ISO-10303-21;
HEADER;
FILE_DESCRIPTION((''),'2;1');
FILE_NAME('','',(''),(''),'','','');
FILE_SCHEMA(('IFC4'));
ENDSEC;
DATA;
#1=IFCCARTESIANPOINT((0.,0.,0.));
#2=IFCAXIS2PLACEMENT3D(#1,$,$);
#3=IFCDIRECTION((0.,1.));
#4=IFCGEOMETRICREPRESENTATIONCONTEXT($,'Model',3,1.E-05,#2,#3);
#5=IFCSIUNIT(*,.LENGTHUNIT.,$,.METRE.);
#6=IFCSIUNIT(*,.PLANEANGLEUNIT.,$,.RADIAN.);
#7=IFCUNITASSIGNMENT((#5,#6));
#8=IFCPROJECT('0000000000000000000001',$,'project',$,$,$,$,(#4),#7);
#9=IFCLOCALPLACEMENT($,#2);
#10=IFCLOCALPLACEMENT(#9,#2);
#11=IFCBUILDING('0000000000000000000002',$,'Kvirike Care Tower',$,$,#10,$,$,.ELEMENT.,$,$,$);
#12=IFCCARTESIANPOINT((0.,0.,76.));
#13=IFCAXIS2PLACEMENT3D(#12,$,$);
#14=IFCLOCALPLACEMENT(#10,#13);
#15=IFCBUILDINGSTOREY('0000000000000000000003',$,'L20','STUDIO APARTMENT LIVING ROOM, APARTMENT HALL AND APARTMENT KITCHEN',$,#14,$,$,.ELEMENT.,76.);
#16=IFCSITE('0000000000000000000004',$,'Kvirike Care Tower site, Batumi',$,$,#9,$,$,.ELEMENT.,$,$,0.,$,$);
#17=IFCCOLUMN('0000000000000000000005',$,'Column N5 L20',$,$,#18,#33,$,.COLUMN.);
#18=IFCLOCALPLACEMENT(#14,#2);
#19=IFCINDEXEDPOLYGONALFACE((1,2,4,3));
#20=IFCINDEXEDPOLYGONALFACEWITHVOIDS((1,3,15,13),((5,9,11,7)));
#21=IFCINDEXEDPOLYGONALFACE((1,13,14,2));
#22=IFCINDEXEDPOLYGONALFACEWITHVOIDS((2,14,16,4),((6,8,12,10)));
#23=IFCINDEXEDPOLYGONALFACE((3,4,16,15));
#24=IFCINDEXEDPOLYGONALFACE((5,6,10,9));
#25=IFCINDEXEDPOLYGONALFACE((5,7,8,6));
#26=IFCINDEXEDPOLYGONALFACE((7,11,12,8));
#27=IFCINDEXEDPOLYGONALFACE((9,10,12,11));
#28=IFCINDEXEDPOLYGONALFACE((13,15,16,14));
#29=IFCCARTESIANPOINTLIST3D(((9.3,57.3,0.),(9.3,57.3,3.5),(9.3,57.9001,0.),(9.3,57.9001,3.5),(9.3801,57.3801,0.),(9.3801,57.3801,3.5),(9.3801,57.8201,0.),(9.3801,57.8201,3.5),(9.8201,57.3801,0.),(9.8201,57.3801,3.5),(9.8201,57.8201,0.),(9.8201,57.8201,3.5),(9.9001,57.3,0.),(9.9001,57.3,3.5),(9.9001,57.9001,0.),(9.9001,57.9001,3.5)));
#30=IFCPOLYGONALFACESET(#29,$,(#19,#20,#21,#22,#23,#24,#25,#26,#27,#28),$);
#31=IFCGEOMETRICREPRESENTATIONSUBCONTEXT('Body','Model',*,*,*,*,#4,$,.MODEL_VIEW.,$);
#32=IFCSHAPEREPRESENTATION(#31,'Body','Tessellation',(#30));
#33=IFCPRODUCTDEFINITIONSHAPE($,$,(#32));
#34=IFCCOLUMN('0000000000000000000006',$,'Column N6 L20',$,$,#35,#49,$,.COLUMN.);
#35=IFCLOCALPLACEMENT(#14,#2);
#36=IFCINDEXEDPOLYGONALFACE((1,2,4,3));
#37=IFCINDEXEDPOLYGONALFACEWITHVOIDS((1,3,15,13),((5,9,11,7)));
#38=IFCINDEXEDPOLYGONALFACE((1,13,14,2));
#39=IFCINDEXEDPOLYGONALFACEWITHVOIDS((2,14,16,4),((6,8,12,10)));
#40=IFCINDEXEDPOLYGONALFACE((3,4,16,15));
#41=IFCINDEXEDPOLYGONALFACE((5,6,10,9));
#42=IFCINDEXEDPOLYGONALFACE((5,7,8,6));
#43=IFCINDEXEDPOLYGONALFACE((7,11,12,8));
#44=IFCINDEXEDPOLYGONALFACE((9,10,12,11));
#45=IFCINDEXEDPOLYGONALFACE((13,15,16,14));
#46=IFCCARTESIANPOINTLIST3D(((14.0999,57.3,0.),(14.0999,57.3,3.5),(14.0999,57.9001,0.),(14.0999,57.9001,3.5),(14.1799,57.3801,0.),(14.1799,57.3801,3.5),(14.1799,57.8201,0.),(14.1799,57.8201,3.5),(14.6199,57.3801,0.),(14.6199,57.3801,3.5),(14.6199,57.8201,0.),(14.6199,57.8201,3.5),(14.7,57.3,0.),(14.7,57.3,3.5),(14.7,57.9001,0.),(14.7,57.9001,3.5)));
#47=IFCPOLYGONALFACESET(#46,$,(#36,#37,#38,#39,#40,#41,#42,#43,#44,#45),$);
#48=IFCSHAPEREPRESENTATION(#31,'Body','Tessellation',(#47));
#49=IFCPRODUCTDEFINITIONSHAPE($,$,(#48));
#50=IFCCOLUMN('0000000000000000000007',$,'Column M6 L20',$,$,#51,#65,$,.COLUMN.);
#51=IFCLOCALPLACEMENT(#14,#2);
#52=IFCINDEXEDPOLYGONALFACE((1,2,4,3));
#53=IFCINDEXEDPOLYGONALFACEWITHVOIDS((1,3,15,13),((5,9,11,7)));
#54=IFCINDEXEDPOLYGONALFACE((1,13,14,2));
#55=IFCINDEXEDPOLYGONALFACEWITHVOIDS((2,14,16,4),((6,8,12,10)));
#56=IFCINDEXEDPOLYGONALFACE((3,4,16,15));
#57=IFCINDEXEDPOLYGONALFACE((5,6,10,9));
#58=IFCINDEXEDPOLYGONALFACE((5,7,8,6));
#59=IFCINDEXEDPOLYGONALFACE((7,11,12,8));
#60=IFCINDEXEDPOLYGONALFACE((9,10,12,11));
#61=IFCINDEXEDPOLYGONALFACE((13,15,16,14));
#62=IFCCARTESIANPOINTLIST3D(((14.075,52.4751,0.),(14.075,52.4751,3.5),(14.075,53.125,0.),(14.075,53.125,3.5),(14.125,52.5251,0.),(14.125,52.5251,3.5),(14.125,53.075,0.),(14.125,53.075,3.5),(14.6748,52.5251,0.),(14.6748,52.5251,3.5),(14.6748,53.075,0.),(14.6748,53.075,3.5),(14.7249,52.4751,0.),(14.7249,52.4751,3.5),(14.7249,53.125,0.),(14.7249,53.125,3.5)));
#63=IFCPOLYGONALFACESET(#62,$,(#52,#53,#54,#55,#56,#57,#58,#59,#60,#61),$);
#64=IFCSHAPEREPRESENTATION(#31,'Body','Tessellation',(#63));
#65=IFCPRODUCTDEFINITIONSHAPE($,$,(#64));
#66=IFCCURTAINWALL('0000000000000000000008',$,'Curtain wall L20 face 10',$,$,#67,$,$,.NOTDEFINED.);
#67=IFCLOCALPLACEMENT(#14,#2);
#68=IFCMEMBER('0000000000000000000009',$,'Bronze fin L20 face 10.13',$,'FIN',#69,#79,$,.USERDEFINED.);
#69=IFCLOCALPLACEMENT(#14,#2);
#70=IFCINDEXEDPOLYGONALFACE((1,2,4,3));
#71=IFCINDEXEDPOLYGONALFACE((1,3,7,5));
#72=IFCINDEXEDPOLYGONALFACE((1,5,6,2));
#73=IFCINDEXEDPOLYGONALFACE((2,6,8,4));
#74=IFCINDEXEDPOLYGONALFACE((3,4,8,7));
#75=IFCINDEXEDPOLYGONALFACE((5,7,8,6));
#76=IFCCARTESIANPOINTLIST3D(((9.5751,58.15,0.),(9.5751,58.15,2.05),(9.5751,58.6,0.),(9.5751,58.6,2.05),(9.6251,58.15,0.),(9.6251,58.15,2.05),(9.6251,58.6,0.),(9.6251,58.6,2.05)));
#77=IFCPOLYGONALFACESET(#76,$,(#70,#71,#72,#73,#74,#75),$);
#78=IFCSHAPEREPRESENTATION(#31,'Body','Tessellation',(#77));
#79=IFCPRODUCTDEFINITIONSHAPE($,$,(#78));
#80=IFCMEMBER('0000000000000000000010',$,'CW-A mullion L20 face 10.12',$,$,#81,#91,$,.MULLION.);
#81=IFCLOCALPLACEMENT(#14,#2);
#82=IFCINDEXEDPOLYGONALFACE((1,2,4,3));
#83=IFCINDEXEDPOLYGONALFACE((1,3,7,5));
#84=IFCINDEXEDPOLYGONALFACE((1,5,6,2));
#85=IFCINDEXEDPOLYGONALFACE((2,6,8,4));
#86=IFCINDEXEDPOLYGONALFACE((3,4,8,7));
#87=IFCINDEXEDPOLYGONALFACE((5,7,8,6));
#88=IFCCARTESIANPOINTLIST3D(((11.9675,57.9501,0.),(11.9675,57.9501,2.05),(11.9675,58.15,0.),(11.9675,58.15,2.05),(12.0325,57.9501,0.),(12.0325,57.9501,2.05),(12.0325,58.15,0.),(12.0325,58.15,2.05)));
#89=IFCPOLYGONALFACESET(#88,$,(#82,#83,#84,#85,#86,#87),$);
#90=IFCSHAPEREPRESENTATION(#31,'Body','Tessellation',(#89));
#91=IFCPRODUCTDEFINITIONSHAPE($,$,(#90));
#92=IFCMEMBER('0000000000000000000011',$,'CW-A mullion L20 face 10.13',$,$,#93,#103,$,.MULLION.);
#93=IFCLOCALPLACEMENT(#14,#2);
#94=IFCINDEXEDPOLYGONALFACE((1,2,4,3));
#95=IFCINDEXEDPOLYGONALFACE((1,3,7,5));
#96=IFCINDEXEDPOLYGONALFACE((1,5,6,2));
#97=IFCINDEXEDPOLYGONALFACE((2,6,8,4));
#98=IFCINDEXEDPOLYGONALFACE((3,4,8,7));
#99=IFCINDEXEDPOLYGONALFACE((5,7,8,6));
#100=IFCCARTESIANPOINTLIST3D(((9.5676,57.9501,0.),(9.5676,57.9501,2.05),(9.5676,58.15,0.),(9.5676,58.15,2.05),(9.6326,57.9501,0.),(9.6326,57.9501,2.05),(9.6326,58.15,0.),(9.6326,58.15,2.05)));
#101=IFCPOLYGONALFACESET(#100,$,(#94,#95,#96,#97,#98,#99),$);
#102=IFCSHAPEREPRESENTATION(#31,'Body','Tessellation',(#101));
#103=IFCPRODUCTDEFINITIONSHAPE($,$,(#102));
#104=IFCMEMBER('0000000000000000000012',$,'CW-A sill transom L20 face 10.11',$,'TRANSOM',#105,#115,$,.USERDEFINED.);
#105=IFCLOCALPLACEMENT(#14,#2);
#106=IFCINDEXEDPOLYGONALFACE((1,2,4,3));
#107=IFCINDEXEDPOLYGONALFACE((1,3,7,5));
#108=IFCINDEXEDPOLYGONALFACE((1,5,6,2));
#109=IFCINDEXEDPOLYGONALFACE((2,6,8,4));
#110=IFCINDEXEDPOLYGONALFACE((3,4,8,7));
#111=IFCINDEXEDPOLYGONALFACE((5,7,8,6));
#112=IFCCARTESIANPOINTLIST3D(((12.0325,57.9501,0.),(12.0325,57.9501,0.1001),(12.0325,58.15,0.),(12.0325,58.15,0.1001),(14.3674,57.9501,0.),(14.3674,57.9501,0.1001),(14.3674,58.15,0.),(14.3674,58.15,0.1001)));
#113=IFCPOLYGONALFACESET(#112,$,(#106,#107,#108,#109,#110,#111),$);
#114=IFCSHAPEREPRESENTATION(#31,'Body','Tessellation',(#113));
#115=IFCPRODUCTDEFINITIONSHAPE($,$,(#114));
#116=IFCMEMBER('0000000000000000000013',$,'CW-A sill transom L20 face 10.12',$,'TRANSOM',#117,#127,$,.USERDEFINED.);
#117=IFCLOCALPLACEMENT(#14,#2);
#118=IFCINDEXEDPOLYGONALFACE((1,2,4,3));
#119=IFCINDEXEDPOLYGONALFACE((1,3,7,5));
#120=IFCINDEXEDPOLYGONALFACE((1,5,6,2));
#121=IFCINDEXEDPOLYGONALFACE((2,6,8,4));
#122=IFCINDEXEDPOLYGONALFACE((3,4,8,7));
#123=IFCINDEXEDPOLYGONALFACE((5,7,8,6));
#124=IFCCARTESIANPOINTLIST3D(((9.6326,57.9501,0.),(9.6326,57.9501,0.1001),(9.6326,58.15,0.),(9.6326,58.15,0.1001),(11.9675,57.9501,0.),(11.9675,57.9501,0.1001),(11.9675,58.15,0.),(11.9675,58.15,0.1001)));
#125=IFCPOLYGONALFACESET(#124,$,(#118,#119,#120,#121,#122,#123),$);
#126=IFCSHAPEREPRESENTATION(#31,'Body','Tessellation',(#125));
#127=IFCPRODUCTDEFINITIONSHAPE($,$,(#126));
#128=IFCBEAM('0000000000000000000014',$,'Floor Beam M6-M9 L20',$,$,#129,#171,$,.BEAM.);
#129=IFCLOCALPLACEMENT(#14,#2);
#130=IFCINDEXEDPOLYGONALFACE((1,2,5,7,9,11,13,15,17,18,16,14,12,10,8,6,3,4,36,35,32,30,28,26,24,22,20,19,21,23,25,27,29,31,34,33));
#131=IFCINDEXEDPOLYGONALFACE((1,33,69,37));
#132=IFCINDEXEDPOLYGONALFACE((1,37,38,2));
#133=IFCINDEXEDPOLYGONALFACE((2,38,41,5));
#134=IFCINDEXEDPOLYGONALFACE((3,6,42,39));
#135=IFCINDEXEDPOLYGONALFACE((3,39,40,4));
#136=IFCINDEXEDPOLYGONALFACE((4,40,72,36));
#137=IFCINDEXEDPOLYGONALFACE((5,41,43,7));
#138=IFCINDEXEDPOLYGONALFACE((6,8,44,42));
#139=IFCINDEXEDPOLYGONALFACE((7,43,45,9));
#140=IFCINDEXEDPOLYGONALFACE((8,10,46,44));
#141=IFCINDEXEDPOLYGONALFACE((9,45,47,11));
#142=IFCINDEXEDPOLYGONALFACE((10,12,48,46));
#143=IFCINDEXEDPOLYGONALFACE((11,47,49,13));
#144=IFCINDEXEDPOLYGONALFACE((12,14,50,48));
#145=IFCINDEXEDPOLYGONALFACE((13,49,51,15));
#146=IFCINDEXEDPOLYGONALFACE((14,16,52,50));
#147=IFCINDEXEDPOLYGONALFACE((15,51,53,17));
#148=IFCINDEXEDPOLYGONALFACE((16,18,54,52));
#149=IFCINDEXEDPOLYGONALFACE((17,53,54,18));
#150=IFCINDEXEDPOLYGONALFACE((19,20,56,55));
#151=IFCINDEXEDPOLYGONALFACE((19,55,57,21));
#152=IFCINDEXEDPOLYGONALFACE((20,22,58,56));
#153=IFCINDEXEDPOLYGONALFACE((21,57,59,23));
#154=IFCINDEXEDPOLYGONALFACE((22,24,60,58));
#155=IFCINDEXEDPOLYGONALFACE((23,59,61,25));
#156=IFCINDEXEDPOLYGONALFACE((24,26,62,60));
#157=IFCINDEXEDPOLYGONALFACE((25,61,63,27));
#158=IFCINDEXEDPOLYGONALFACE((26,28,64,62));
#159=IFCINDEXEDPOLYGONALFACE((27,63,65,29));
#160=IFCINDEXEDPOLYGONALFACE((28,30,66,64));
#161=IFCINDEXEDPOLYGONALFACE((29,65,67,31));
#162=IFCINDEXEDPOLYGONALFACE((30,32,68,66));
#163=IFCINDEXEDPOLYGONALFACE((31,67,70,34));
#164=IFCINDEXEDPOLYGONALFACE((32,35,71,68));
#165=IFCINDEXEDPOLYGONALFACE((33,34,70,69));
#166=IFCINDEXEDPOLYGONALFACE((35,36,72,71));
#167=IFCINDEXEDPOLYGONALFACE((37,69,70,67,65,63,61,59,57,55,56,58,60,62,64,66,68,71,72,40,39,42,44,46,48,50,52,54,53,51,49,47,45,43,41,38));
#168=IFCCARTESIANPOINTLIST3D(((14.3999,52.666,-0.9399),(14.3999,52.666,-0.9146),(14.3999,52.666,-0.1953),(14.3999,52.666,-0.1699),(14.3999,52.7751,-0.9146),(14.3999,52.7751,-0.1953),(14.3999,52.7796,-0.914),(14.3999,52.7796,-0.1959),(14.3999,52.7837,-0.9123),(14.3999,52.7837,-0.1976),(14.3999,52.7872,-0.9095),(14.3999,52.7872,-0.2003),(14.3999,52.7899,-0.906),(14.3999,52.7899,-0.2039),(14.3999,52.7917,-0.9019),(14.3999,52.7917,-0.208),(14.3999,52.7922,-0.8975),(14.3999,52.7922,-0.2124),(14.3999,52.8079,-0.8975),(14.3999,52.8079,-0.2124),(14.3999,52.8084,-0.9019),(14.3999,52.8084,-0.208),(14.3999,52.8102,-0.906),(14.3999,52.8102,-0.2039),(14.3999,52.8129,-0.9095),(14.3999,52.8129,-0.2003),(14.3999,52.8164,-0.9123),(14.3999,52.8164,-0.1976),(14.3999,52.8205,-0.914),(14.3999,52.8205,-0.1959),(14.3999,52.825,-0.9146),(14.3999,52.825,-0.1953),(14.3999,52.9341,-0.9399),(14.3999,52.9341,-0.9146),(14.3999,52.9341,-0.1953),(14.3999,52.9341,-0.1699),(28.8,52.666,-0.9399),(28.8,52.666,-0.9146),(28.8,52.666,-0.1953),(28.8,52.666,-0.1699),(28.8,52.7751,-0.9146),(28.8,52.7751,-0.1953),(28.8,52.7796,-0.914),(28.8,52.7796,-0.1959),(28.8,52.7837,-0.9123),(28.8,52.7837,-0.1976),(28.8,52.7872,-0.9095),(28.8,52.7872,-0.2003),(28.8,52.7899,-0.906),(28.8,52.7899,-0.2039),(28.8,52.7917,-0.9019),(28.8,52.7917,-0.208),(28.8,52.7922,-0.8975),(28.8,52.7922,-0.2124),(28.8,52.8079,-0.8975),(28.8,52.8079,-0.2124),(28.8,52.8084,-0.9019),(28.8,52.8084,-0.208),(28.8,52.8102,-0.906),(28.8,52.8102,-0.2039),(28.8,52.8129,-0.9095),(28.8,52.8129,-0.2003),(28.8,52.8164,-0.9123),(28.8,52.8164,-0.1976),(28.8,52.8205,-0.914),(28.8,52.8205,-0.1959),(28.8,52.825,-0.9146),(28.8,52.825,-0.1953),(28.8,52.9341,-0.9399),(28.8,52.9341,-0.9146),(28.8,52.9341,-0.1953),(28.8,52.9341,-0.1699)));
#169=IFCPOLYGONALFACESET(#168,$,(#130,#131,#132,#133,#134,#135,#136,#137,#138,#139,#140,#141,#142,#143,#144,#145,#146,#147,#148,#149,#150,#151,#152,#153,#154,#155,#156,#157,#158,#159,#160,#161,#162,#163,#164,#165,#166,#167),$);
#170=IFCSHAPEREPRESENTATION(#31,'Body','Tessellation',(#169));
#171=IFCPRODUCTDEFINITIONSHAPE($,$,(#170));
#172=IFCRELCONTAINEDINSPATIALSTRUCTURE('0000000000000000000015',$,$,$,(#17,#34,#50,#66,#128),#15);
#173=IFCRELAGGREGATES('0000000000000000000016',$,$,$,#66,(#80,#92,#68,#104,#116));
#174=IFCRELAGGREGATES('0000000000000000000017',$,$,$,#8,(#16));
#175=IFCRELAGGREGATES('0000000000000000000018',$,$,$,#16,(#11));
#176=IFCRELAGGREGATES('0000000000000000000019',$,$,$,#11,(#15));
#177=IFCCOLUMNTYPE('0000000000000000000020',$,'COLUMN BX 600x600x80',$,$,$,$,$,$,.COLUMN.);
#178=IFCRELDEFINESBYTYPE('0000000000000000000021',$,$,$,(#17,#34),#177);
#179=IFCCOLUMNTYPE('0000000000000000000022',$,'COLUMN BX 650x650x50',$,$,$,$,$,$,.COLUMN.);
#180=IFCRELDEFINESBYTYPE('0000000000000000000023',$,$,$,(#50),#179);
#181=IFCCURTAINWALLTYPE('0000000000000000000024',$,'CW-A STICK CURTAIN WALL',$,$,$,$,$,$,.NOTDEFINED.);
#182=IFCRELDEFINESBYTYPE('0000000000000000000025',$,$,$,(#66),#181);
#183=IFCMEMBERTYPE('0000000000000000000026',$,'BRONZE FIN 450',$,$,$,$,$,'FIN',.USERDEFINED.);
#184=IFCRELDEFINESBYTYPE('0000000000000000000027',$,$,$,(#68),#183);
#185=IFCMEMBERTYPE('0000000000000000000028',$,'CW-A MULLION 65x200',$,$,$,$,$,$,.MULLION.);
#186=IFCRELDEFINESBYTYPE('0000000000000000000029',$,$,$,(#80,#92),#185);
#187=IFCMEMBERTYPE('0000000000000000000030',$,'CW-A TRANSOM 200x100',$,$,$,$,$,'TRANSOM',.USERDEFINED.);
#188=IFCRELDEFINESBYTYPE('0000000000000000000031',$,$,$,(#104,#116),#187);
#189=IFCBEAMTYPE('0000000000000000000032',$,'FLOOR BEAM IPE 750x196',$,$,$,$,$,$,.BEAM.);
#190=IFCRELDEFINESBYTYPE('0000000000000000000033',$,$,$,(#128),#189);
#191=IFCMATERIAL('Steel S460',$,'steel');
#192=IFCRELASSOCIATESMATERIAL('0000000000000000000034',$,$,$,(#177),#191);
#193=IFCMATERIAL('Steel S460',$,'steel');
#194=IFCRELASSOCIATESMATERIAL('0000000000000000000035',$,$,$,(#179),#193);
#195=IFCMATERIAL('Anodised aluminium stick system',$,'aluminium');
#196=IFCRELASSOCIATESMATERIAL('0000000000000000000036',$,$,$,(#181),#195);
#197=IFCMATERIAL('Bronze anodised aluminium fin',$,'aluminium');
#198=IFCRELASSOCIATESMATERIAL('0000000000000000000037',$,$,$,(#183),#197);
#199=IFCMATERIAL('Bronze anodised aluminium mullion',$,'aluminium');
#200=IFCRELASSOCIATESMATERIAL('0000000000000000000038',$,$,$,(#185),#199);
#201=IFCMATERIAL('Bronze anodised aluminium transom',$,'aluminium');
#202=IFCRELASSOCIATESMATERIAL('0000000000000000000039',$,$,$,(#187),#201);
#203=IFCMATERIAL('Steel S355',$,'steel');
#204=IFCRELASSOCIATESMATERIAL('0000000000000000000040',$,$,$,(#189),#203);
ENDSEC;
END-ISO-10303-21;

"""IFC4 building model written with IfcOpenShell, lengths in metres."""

from ifc_helpers import new_model, si_unit, direction, frame, origin, origin_2d, place, context, subcontext, project, spatial, rectangle, hollow_rectangle, i_section, extrude, material, material_profile, profile_set, type_object, element, aggregate, save


model = new_model("IFC4")

# Units and contexts
model_context = context("Model", 3, precision=1e-05, world=origin(), true_north=direction((0.0, 1.0)))
body_context = subcontext(model_context, "Body", "Model", "MODEL_VIEW")
ifc_project = project(units=[si_unit("LENGTHUNIT", "METRE"), si_unit("PLANEANGLEUNIT", "RADIAN")], contexts=[model_context])

# Site, building, storey
site_placement = place(None, origin())
site = spatial("IfcSite", under=ifc_project, at=site_placement, Name="Kvirike Care Tower site, Batumi", CompositionType="ELEMENT", RefElevation=0.0)
building_placement = place(site_placement, origin())
building = spatial("IfcBuilding", under=site, at=building_placement, Name="Kvirike Care Tower", CompositionType="ELEMENT")
storey_placement = place(building_placement, frame((0.0, 0.0, 76.0)))
storey = spatial("IfcBuildingStorey", under=building, at=storey_placement, Name="L20", Description="STUDIO APARTMENT LIVING ROOM, APARTMENT HALL AND APARTMENT KITCHEN", CompositionType="ELEMENT", Elevation=76.0)

# Columns
ifc_material_1 = material(Name="Steel S460", Category="steel")
ifc_material_profile_1 = material_profile(ifc_material_1, hollow_rectangle(XDim=0.6001, YDim=0.6001, WallThickness=0.0801, at=origin_2d()), Name="BX 600x600x80")
ifc_profile_set_1 = profile_set([ifc_material_profile_1], Name="Steel S460")
column_type_1 = type_object("IfcColumnType", Name="COLUMN BX 600x600x80", PredefinedType="COLUMN", material=ifc_profile_set_1)
for number, where, z_axis, x_axis, name in (
    (1, (9.6001, 57.6001, 0.0), (0.0, 0.0, 1.0), (0.0, 1.0, 0.0), "Column N5 L20"),
    (2, (14.3999, 57.6001, 0.0), (0.0, 0.0, 1.0), (0.0, 1.0, 0.0), "Column N6 L20"),
):
    element("IfcColumn", number, at=place(storey_placement, frame(where, z_axis=z_axis, x_axis=x_axis)), inside=storey, type_object=column_type_1, Name=name, PredefinedType="COLUMN", context=body_context, shape_type="SweptSolid", body=[
        extrude(hollow_rectangle(XDim=0.6001, YDim=0.6001, WallThickness=0.0801, at=origin_2d()), origin(), (0.0, 0.0, 1.0), 3.5),
    ])
ifc_material_2 = material(Name="Steel S460", Category="steel")
ifc_material_profile_2 = material_profile(ifc_material_2, hollow_rectangle(XDim=0.6499, YDim=0.6499, WallThickness=0.05, at=origin_2d()), Name="BX 650x650x50")
ifc_profile_set_2 = profile_set([ifc_material_profile_2], Name="Steel S460")
column_type_2 = type_object("IfcColumnType", Name="COLUMN BX 650x650x50", PredefinedType="COLUMN", material=ifc_profile_set_2)
column_placement = place(storey_placement, frame((14.3999, 52.8, 0.0), z_axis=(0.0, 0.0, 1.0), x_axis=(1.0, 0.0, 0.0)))
element("IfcColumn", 3, at=column_placement, inside=storey, type_object=column_type_2, Name="Column M6 L20", PredefinedType="COLUMN", context=body_context, shape_type="SweptSolid", body=[
    extrude(hollow_rectangle(XDim=0.6499, YDim=0.6499, WallThickness=0.05, at=origin_2d()), origin(), (0.0, 0.0, 1.0), 3.5),
])

# Curtain wall, members
ifc_material_3 = material(Name="Anodised aluminium stick system", Category="aluminium")
curtain_wall_type = type_object("IfcCurtainWallType", Name="CW-A STICK CURTAIN WALL", PredefinedType="NOTDEFINED", material=ifc_material_3)
curtain_wall_placement = place(storey_placement, origin())
curtain_wall = element("IfcCurtainWall", 4, at=curtain_wall_placement, inside=storey, type_object=curtain_wall_type, Name="Curtain wall L20 face 10", PredefinedType="NOTDEFINED")
ifc_material_4 = material(Name="Bronze anodised aluminium fin", Category="aluminium")
ifc_material_profile_3 = material_profile(ifc_material_4, rectangle(XDim=0.05, YDim=0.45, at=origin_2d()), Name="BRONZE FIN 450")
ifc_profile_set_3 = profile_set([ifc_material_profile_3], Name="Bronze anodised aluminium fin")
member_type_1 = type_object("IfcMemberType", Name="BRONZE FIN 450", ElementType="FIN", PredefinedType="USERDEFINED", material=ifc_profile_set_3)
member_1_placement = place(storey_placement, frame((9.6001, 58.375, 0.0), z_axis=(0.0, 0.0, 1.0), x_axis=(-1.0, 0.0, 0.0)))
member_1 = element("IfcMember", 5, at=member_1_placement, type_object=member_type_1, Name="Bronze fin L20 face 10.13", ObjectType="FIN", PredefinedType="USERDEFINED", context=body_context, shape_type="SweptSolid", body=[
    extrude(rectangle(XDim=0.05, YDim=0.45, at=origin_2d()), origin(), (0.0, 0.0, 1.0), 2.05),
])
ifc_material_5 = material(Name="Bronze anodised aluminium mullion", Category="aluminium")
ifc_material_profile_4 = material_profile(ifc_material_5, rectangle(XDim=0.0649, YDim=0.2, at=origin_2d()), Name="CW-A MULLION 65x200")
ifc_profile_set_4 = profile_set([ifc_material_profile_4], Name="Bronze anodised aluminium mullion")
member_type_2 = type_object("IfcMemberType", Name="CW-A MULLION 65x200", PredefinedType="MULLION", material=ifc_profile_set_4)
member_2_placement = place(storey_placement, frame((12.0, 58.05, 0.0), z_axis=(0.0, 0.0, 1.0), x_axis=(-1.0, 0.0, 0.0)))
member_2 = element("IfcMember", 6, at=member_2_placement, type_object=member_type_2, Name="CW-A mullion L20 face 10.12", PredefinedType="MULLION", context=body_context, shape_type="SweptSolid", body=[
    extrude(rectangle(XDim=0.0649, YDim=0.2, at=origin_2d()), origin(), (0.0, 0.0, 1.0), 2.05),
])
member_3_placement = place(storey_placement, frame((9.6001, 58.05, 0.0), z_axis=(0.0, 0.0, 1.0), x_axis=(-1.0, 0.0, 0.0)))
member_3 = element("IfcMember", 7, at=member_3_placement, type_object=member_type_2, Name="CW-A mullion L20 face 10.13", PredefinedType="MULLION", context=body_context, shape_type="SweptSolid", body=[
    extrude(rectangle(XDim=0.0649, YDim=0.2, at=origin_2d()), origin(), (0.0, 0.0, 1.0), 2.05),
])
ifc_material_6 = material(Name="Bronze anodised aluminium transom", Category="aluminium")
ifc_material_profile_5 = material_profile(ifc_material_6, rectangle(XDim=0.2, YDim=0.1001, at=origin_2d()), Name="CW-A TRANSOM 200x100")
ifc_profile_set_5 = profile_set([ifc_material_profile_5], Name="Bronze anodised aluminium transom")
member_type_3 = type_object("IfcMemberType", Name="CW-A TRANSOM 200x100", ElementType="TRANSOM", PredefinedType="USERDEFINED", material=ifc_profile_set_5)
member_4_placement = place(storey_placement, frame((14.3674, 58.05, 0.05), z_axis=(-1.0, 0.0, 0.0), x_axis=(0.0, -1.0, 0.0)))
member_4 = element("IfcMember", 8, at=member_4_placement, type_object=member_type_3, Name="CW-A sill transom L20 face 10.11", ObjectType="TRANSOM", PredefinedType="USERDEFINED", context=body_context, shape_type="SweptSolid", body=[
    extrude(rectangle(XDim=0.2, YDim=0.1001, at=origin_2d()), origin(), (0.0, 0.0, 1.0), 2.335),
])
member_5_placement = place(storey_placement, frame((11.9675, 58.05, 0.05), z_axis=(-1.0, 0.0, 0.0), x_axis=(0.0, -1.0, 0.0)))
member_5 = element("IfcMember", 9, at=member_5_placement, type_object=member_type_3, Name="CW-A sill transom L20 face 10.12", ObjectType="TRANSOM", PredefinedType="USERDEFINED", context=body_context, shape_type="SweptSolid", body=[
    extrude(rectangle(XDim=0.2, YDim=0.1001, at=origin_2d()), origin(), (0.0, 0.0, 1.0), 2.335),
])

# Beam
ifc_material_7 = material(Name="Steel S355", Category="steel")
ifc_material_profile_6 = material_profile(ifc_material_7, i_section(OverallWidth=0.2681, OverallDepth=0.77, WebThickness=0.0156, FlangeThickness=0.0254, FilletRadius=0.0171, at=origin_2d()), Name="IPE 750x196")
ifc_profile_set_6 = profile_set([ifc_material_profile_6], Name="Steel S355")
beam_type_1 = type_object("IfcBeamType", Name="FLOOR BEAM IPE 750x196", PredefinedType="BEAM", material=ifc_profile_set_6)
beam_1_placement = place(storey_placement, frame((14.3999, 52.8, -0.5549), z_axis=(1.0, 0.0, 0.0), x_axis=(0.0, 1.0, 0.0)))
element("IfcBeam", 10, at=beam_1_placement, inside=storey, type_object=beam_type_1, Name="Floor Beam M6-M9 L20", PredefinedType="BEAM", context=body_context, shape_type="SweptSolid", body=[
    extrude(i_section(OverallWidth=0.2681, OverallDepth=0.77, WebThickness=0.0156, FlangeThickness=0.0254, FilletRadius=0.0171, at=origin_2d()), origin(), (0.0, 0.0, 1.0), 14.4001),
])

aggregate(curtain_wall, [member_2, member_3, member_1, member_4, member_5])

save(model, "model.ifc")
